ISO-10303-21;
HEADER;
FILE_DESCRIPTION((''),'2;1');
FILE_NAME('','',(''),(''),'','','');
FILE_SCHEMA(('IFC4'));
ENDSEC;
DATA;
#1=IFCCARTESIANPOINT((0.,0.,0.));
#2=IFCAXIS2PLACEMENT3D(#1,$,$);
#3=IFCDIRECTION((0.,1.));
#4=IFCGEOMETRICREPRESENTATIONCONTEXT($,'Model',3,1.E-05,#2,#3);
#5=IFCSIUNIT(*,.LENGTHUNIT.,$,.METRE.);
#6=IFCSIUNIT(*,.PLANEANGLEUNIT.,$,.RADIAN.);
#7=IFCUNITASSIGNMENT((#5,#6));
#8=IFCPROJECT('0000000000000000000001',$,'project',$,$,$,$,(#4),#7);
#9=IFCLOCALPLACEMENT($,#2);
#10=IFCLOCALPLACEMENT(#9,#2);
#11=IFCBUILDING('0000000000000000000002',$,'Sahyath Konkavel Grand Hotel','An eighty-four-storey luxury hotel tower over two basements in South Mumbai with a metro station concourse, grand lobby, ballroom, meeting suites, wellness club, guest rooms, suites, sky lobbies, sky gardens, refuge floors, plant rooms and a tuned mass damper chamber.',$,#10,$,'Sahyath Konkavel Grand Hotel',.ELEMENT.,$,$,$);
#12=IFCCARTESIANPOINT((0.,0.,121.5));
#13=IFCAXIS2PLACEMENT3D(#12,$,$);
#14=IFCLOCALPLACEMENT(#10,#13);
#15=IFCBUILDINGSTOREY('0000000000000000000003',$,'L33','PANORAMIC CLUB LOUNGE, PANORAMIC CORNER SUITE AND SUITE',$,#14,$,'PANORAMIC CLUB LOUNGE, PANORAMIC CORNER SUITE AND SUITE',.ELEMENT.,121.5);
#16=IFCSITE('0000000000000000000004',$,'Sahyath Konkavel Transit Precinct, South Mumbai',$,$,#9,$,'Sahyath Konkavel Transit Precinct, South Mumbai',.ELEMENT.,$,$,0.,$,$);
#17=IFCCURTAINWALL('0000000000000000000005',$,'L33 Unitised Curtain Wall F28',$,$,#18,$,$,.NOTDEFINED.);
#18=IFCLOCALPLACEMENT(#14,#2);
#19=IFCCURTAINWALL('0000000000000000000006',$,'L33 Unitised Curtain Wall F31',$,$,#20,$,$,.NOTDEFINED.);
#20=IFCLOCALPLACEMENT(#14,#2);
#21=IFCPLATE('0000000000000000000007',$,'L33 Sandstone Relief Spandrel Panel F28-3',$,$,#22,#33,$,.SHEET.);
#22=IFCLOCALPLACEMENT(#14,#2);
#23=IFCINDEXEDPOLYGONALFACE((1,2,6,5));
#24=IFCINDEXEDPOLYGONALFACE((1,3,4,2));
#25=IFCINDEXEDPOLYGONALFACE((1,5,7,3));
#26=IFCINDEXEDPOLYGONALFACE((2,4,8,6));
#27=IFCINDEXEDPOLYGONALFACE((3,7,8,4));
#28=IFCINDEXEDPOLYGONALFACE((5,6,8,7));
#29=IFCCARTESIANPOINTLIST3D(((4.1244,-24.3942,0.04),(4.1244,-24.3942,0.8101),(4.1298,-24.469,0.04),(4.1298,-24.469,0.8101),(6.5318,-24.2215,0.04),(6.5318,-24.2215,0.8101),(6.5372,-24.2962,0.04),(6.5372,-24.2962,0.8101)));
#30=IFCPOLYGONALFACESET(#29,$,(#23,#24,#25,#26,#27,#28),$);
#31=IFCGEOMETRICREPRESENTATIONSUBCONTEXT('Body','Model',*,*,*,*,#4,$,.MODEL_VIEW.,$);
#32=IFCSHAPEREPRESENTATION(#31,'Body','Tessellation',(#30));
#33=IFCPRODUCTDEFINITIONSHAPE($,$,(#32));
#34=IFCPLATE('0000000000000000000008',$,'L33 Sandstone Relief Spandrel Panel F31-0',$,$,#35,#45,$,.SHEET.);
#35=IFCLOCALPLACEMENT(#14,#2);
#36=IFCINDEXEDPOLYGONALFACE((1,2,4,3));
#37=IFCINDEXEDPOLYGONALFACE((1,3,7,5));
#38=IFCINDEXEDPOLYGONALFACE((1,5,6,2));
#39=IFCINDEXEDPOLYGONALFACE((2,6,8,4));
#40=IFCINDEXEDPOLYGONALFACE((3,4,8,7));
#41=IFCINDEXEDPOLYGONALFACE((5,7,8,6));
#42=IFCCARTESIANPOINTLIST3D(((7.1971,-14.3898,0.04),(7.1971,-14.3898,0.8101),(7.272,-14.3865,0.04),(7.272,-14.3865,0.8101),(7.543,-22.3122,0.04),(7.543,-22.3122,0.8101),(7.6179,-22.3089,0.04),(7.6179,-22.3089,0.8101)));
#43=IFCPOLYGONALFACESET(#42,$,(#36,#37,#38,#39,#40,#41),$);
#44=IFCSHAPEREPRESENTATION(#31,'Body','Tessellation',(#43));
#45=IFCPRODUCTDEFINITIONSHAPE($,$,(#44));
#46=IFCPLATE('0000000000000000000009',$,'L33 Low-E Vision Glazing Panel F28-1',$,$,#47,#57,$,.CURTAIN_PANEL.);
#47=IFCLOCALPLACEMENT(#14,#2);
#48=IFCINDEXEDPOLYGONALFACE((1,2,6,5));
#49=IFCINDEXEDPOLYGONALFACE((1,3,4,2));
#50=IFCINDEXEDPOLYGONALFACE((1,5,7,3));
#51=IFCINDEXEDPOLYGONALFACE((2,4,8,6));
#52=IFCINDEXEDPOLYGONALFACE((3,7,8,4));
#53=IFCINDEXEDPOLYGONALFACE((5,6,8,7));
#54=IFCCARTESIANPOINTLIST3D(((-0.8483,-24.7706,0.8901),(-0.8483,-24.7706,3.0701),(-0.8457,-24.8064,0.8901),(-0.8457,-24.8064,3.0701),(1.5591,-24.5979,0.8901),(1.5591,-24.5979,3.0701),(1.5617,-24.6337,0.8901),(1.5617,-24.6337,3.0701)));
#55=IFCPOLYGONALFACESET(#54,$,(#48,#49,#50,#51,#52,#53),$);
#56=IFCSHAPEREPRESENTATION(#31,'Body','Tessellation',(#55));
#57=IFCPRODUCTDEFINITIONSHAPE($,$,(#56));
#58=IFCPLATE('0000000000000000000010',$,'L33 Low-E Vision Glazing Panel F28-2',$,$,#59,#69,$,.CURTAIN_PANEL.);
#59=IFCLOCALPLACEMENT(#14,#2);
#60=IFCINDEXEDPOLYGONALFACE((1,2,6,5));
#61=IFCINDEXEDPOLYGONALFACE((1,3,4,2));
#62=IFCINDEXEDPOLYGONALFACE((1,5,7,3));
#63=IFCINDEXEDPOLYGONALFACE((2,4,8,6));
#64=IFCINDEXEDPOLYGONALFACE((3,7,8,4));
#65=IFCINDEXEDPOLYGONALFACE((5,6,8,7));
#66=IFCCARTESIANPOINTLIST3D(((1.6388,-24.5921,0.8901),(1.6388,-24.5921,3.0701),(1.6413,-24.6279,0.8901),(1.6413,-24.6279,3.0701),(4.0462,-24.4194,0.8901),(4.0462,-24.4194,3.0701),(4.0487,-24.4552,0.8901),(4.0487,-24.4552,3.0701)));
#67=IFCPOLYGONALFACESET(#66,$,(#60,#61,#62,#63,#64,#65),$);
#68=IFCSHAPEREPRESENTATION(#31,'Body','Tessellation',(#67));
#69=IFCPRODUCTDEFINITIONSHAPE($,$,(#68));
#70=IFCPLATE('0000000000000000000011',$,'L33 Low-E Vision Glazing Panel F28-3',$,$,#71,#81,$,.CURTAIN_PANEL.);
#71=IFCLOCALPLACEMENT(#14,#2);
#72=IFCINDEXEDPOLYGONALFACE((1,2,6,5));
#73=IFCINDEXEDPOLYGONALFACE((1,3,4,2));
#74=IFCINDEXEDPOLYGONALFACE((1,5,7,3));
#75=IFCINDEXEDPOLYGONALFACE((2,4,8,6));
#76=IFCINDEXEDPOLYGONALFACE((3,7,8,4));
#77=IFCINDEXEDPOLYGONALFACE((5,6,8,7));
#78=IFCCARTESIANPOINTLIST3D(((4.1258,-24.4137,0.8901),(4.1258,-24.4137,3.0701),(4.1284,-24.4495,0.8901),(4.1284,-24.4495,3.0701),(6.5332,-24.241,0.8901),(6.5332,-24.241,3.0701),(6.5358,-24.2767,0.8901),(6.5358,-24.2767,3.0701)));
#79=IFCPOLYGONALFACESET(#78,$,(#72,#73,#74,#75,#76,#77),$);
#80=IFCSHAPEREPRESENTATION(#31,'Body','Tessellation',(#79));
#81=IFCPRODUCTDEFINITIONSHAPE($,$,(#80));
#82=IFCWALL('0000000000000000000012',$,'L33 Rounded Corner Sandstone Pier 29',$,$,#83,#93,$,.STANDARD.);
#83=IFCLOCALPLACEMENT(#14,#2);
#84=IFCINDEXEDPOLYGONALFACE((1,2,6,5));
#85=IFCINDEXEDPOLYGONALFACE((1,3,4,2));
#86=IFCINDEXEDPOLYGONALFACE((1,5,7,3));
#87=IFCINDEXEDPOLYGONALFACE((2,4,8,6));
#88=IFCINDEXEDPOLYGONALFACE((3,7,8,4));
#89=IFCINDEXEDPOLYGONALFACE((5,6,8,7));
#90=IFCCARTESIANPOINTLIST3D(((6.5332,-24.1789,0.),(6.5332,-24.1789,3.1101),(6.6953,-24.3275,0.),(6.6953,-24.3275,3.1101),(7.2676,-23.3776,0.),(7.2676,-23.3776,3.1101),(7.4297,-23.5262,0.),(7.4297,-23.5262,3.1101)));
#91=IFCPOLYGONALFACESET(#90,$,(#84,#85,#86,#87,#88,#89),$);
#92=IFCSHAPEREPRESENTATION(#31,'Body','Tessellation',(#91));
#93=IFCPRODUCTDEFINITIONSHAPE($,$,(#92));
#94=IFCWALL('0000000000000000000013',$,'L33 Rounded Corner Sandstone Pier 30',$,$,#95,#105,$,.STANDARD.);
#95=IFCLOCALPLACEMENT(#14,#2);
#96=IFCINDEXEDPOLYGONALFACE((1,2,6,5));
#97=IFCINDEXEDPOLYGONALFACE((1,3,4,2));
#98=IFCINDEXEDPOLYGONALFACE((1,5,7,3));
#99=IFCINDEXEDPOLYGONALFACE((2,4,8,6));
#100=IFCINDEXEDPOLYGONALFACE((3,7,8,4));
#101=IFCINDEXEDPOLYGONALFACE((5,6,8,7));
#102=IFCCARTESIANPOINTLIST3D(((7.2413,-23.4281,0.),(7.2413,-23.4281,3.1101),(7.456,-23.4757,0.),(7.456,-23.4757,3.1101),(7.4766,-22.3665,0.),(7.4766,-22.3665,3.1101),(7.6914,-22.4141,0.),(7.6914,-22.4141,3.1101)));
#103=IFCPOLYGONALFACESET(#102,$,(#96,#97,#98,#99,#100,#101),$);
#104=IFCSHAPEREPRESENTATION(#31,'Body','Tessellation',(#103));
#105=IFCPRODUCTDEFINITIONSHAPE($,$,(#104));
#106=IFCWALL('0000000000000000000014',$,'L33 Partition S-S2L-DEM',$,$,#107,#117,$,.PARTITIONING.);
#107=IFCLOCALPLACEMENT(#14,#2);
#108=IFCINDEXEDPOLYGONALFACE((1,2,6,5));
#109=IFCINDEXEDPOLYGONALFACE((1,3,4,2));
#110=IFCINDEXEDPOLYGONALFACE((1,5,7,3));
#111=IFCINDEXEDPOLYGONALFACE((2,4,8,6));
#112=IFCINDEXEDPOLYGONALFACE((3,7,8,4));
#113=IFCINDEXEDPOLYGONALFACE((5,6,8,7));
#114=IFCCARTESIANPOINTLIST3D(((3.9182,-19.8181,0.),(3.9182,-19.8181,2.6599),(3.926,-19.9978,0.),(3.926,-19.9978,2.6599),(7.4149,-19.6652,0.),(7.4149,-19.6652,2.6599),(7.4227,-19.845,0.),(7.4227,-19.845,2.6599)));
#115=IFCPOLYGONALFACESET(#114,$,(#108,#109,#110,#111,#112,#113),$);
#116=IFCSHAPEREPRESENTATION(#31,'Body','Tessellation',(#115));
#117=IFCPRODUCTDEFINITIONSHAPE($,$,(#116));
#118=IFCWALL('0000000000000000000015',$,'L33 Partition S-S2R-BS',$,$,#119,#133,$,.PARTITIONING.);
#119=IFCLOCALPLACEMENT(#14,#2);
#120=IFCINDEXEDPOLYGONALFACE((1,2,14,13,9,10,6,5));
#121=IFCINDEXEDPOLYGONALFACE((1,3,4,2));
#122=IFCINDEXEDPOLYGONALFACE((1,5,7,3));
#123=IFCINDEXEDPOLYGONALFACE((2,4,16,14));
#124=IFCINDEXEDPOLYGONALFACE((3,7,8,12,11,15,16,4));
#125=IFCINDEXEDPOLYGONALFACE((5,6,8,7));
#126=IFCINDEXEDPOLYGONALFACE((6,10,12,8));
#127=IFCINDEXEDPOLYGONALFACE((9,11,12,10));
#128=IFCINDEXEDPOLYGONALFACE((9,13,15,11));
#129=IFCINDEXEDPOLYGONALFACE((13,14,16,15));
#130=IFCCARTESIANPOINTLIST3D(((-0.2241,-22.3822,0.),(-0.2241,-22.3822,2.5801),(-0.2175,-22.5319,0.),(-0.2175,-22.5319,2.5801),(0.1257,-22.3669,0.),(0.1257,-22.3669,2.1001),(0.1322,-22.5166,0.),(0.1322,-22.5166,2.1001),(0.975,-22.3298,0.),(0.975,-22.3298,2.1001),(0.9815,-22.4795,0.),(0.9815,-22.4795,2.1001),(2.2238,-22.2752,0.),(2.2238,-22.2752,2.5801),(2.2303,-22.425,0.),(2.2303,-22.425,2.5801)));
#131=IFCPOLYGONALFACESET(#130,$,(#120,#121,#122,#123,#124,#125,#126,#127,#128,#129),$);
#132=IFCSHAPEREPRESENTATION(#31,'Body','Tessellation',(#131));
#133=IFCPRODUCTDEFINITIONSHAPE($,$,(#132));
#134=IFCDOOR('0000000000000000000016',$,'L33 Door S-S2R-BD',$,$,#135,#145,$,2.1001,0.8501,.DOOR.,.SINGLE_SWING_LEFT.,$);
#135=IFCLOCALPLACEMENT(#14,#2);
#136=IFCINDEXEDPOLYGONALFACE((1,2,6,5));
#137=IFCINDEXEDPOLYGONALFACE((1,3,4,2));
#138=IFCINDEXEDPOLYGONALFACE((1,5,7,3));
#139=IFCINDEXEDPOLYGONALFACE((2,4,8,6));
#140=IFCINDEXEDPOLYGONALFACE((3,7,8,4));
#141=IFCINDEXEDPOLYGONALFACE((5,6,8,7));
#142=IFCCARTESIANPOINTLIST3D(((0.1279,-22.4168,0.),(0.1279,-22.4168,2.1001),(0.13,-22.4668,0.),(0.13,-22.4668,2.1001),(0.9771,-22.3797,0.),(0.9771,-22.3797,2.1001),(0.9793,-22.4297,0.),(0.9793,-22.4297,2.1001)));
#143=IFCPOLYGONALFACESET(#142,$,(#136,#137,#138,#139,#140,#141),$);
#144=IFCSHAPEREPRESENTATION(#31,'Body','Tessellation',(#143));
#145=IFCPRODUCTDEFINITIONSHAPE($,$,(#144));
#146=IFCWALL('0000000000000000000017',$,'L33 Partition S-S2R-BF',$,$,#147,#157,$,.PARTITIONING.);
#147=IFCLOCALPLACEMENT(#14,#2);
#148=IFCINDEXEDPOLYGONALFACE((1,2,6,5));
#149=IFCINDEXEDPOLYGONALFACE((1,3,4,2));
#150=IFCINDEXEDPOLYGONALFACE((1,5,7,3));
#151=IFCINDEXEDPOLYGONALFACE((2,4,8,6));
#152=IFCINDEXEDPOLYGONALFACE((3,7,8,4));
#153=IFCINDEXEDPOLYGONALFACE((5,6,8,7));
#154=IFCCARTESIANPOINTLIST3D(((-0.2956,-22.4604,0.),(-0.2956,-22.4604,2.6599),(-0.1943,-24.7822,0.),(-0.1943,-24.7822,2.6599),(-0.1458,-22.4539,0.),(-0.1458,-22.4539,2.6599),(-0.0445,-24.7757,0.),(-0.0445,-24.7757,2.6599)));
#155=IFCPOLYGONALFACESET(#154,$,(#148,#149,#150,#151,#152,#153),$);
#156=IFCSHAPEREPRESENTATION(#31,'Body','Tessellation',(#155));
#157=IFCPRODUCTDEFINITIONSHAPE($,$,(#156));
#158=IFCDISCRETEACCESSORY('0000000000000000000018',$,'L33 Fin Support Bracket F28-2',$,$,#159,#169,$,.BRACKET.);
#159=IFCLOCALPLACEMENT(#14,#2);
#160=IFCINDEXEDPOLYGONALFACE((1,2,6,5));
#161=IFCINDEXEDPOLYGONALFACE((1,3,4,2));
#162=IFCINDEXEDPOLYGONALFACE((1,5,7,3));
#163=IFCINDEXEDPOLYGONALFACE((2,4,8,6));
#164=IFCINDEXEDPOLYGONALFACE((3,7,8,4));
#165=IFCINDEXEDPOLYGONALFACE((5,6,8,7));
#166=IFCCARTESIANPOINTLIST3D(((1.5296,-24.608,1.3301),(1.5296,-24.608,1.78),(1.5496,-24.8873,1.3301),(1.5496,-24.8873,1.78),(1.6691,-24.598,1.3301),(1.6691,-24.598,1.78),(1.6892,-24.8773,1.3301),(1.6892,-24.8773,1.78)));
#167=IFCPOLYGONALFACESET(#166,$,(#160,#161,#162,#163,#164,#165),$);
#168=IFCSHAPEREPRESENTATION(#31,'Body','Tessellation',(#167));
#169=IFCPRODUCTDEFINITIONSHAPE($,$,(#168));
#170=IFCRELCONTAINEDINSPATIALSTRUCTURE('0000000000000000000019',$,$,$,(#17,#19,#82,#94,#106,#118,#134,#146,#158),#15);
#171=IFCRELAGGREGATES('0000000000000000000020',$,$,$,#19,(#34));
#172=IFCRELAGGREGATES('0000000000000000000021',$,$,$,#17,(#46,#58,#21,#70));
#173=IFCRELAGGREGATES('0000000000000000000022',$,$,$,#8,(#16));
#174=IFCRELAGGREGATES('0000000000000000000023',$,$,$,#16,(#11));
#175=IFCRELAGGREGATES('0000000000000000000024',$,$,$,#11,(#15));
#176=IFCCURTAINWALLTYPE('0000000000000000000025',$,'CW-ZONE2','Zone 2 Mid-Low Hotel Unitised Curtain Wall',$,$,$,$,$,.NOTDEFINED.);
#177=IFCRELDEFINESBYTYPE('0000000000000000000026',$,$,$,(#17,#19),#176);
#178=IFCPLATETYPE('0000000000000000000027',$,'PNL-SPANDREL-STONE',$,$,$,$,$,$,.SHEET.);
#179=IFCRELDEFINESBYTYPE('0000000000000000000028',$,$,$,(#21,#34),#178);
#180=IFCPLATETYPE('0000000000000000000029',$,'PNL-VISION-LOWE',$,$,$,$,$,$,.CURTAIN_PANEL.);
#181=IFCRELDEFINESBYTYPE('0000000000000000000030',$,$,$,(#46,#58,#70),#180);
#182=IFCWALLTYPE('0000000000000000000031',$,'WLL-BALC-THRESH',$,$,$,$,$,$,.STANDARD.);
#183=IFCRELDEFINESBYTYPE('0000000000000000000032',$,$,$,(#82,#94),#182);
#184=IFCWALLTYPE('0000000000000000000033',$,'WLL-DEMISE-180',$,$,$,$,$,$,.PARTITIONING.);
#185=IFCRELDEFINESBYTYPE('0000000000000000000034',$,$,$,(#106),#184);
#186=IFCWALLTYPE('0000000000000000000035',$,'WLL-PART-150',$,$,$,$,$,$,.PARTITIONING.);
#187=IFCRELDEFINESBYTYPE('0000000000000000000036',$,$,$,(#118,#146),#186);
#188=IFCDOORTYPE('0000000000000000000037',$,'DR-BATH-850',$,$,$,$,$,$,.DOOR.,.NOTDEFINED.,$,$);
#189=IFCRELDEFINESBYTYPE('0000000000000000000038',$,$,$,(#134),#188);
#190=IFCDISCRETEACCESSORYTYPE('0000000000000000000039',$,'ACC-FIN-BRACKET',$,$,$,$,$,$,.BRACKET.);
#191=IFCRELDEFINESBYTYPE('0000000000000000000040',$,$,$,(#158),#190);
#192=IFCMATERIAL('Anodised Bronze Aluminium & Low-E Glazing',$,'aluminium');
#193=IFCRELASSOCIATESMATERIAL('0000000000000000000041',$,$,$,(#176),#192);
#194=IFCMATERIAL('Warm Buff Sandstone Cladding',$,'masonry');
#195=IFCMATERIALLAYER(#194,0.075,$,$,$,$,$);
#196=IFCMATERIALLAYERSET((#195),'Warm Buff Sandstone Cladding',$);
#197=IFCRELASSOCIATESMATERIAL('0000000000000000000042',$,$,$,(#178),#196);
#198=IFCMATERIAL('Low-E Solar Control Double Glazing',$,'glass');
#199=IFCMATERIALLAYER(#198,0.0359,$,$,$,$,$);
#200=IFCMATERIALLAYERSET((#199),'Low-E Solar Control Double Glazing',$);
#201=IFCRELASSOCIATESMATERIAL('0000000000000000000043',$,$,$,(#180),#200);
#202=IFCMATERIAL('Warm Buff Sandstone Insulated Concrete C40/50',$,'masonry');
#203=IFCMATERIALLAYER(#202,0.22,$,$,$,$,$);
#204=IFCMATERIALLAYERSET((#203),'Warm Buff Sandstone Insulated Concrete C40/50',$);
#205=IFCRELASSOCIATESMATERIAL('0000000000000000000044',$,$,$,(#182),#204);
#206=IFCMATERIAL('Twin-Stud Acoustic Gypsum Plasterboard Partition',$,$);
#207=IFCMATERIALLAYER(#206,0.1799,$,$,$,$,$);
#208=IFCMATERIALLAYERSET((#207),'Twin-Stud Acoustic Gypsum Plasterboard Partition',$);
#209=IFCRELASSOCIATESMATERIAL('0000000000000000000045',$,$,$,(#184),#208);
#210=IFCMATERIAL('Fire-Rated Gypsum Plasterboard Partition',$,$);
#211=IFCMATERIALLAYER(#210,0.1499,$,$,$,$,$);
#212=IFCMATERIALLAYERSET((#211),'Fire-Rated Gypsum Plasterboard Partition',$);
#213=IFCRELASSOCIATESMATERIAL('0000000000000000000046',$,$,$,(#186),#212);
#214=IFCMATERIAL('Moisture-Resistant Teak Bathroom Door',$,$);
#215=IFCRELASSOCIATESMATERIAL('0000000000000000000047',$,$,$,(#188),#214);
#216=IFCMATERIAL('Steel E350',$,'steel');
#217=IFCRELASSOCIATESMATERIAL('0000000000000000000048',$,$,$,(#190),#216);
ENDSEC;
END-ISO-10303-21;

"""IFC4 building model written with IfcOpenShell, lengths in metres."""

from ifc_helpers import new_model, si_unit, direction, frame, frame_2d, origin, origin_2d, place, context, subcontext, project, spatial, rectangle, extrude, source, transform, mapped, material, layer, layer_set, type_object, element, fill, aggregate, save


model = new_model("IFC4")

# Units and contexts
model_context = context("Model", 3, precision=1e-05, world=origin(), true_north=direction((0.0, 1.0)))
body_context = subcontext(model_context, "Body", "Model", "MODEL_VIEW")
ifc_project = project(units=[si_unit("LENGTHUNIT", "METRE"), si_unit("PLANEANGLEUNIT", "RADIAN")], contexts=[model_context])

# Site, building, storey
site_placement = place(None, origin())
site = spatial("IfcSite", under=ifc_project, at=site_placement, Name="Sahyath Konkavel Transit Precinct, South Mumbai", LongName="Sahyath Konkavel Transit Precinct, South Mumbai", CompositionType="ELEMENT", RefElevation=0.0)
building_placement = place(site_placement, origin())
building = spatial("IfcBuilding", under=site, at=building_placement, Name="Sahyath Konkavel Grand Hotel", Description="An eighty-four-storey luxury hotel tower over two basements in South Mumbai with a metro station concourse, grand lobby, ballroom, meeting suites, wellness club, guest rooms, suites, sky lobbies, sky gardens, refuge floors, plant rooms and a tuned mass damper chamber.", LongName="Sahyath Konkavel Grand Hotel", CompositionType="ELEMENT")
storey_placement = place(building_placement, frame((0.0, 0.0, 121.5)))
storey = spatial("IfcBuildingStorey", under=building, at=storey_placement, Name="L33", Description="PANORAMIC CLUB LOUNGE, PANORAMIC CORNER SUITE AND SUITE", LongName="PANORAMIC CLUB LOUNGE, PANORAMIC CORNER SUITE AND SUITE", CompositionType="ELEMENT", Elevation=121.5)

# Curtain wall
ifc_material_1 = material(Name="Anodised Bronze Aluminium & Low-E Glazing", Category="aluminium")
curtain_wall_type = type_object("IfcCurtainWallType", Name="CW-ZONE2", Description="Zone 2 Mid-Low Hotel Unitised Curtain Wall", PredefinedType="NOTDEFINED", material=ifc_material_1)
curtain_wall_1_placement = place(storey_placement, origin())
curtain_wall_1 = element("IfcCurtainWall", 1, at=curtain_wall_1_placement, inside=storey, type_object=curtain_wall_type, Name="L33 Unitised Curtain Wall F28", PredefinedType="NOTDEFINED")

# Curtain wall
curtain_wall_2_placement = place(storey_placement, origin())
curtain_wall_2 = element("IfcCurtainWall", 2, at=curtain_wall_2_placement, inside=storey, type_object=curtain_wall_type, Name="L33 Unitised Curtain Wall F31", PredefinedType="NOTDEFINED")

# Plates
ifc_material_2 = material(Name="Warm Buff Sandstone Cladding", Category="masonry")
ifc_layer_1 = layer(ifc_material_2, 0.075)
ifc_layer_set_1 = layer_set([ifc_layer_1], Name="Warm Buff Sandstone Cladding")
plate_type_1 = type_object("IfcPlateType", Name="PNL-SPANDREL-STONE", PredefinedType="SHEET", material=ifc_layer_set_1)
shared_shape_1 = source(origin(), body_context, "Body", "SweptSolid", [
    extrude(rectangle(XDim=2.4136, YDim=0.075, at=origin_2d()), origin(), (0.0, 0.0, 1.0), 0.77),
])
plate_1_placement = place(storey_placement, frame((5.3308, -24.3452, 0.04), z_axis=(0.0, 0.0, 1.0), x_axis=(0.997436, 0.071567, 0.0)))
plate_1 = element("IfcPlate", 3, at=plate_1_placement, type_object=plate_type_1, Name="L33 Sandstone Relief Spandrel Panel F28-3", PredefinedType="SHEET", context=body_context, shape_type="MappedRepresentation", body=[
    mapped(shared_shape_1, transform((0.0, 0.0, 0.0), scale=1.0)),
])
shared_shape_2 = source(origin(), body_context, "Body", "SweptSolid", [
    extrude(rectangle(XDim=7.9299, YDim=0.075, at=origin_2d()), origin(), (0.0, 0.0, 1.0), 0.77),
])
plate_2_placement = place(storey_placement, frame((7.4075, -18.3494, 0.04), z_axis=(0.0, 0.0, 1.0), x_axis=(-0.043619, 0.999048, 0.0)))
plate_2 = element("IfcPlate", 4, at=plate_2_placement, type_object=plate_type_1, Name="L33 Sandstone Relief Spandrel Panel F31-0", PredefinedType="SHEET", context=body_context, shape_type="MappedRepresentation", body=[
    mapped(shared_shape_2, transform((0.0, 0.0, 0.0), scale=1.0)),
])
aggregate(curtain_wall_2, [plate_2])
ifc_material_3 = material(Name="Low-E Solar Control Double Glazing", Category="glass")
ifc_layer_2 = layer(ifc_material_3, 0.0359)
ifc_layer_set_2 = layer_set([ifc_layer_2], Name="Low-E Solar Control Double Glazing")
plate_type_2 = type_object("IfcPlateType", Name="PNL-VISION-LOWE", PredefinedType="CURTAIN_PANEL", material=ifc_layer_set_2)
shared_shape_3 = source(origin(), body_context, "Body", "SweptSolid", [
    extrude(rectangle(XDim=2.4136, YDim=0.0359, at=origin_2d()), origin(), (0.0, 0.0, 1.0), 2.1799),
])
plate_3_placement = place(storey_placement, frame((0.3567, -24.7021, 0.8901), z_axis=(0.0, 0.0, 1.0), x_axis=(0.997436, 0.071567, 0.0)))
plate_3 = element("IfcPlate", 5, at=plate_3_placement, type_object=plate_type_2, Name="L33 Low-E Vision Glazing Panel F28-1", PredefinedType="CURTAIN_PANEL", context=body_context, shape_type="MappedRepresentation", body=[
    mapped(shared_shape_3, transform((0.0, 0.0, 0.0), scale=1.0)),
])
plate_4_placement = place(storey_placement, frame((2.8438, -24.5237, 0.8901), z_axis=(0.0, 0.0, 1.0), x_axis=(0.997436, 0.071567, 0.0)))
plate_4 = element("IfcPlate", 6, at=plate_4_placement, type_object=plate_type_2, Name="L33 Low-E Vision Glazing Panel F28-2", PredefinedType="CURTAIN_PANEL", context=body_context, shape_type="MappedRepresentation", body=[
    mapped(shared_shape_3, transform((0.0, 0.0, 0.0), scale=1.0)),
])
plate_5_placement = place(storey_placement, frame((5.3308, -24.3452, 0.8901), z_axis=(0.0, 0.0, 1.0), x_axis=(0.997436, 0.071567, 0.0)))
plate_5 = element("IfcPlate", 7, at=plate_5_placement, type_object=plate_type_2, Name="L33 Low-E Vision Glazing Panel F28-3", PredefinedType="CURTAIN_PANEL", context=body_context, shape_type="MappedRepresentation", body=[
    mapped(shared_shape_3, transform((0.0, 0.0, 0.0), scale=1.0)),
])
aggregate(curtain_wall_1, [plate_3, plate_4, plate_1, plate_5])

# Walls
ifc_material_4 = material(Name="Warm Buff Sandstone Insulated Concrete C40/50", Category="masonry")
ifc_layer_3 = layer(ifc_material_4, 0.22)
ifc_layer_set_3 = layer_set([ifc_layer_3], Name="Warm Buff Sandstone Insulated Concrete C40/50")
wall_type_1 = type_object("IfcWallType", Name="WLL-BALC-THRESH", PredefinedType="STANDARD", material=ifc_layer_set_3)
wall_1_placement = place(storey_placement, frame((6.6143, -24.2532, 0.0), z_axis=(0.0, 0.0, 1.0), x_axis=(0.675664, 0.73721, 0.0)))
element("IfcWall", 8, at=wall_1_placement, inside=storey, type_object=wall_type_1, Name="L33 Rounded Corner Sandstone Pier 29", PredefinedType="STANDARD", context=body_context, shape_type="SweptSolid", body=[
    extrude(rectangle(XDim=1.0869, YDim=0.22, at=frame_2d((0.5435, 0.0))), origin(), (0.0, 0.0, 1.0), 3.1101),
])
wall_2_placement = place(storey_placement, frame((7.3486, -23.4519, 0.0), z_axis=(0.0, 0.0, 1.0), x_axis=(0.216455, 0.976293, 0.0)))
element("IfcWall", 9, at=wall_2_placement, inside=storey, type_object=wall_type_1, Name="L33 Rounded Corner Sandstone Pier 30", PredefinedType="STANDARD", context=body_context, shape_type="SweptSolid", body=[
    extrude(rectangle(XDim=1.0874, YDim=0.22, at=frame_2d((0.5437, 0.0))), origin(), (0.0, 0.0, 1.0), 3.1101),
])
ifc_material_5 = material(Name="Twin-Stud Acoustic Gypsum Plasterboard Partition")
ifc_layer_4 = layer(ifc_material_5, 0.1799)
ifc_layer_set_4 = layer_set([ifc_layer_4], Name="Twin-Stud Acoustic Gypsum Plasterboard Partition")
wall_type_2 = type_object("IfcWallType", Name="WLL-DEMISE-180", PredefinedType="PARTITIONING", material=ifc_layer_set_4)
wall_3_placement = place(storey_placement, frame((3.9221, -19.908, 0.0), z_axis=(0.0, 0.0, 1.0), x_axis=(0.999046, 0.043667, 0.0)))
element("IfcWall", 10, at=wall_3_placement, inside=storey, type_object=wall_type_2, Name="L33 Partition S-S2L-DEM", PredefinedType="PARTITIONING", context=body_context, shape_type="SweptSolid", body=[
    extrude(rectangle(XDim=3.5, YDim=0.1799, at=frame_2d((1.75, 0.0))), origin(), (0.0, 0.0, 1.0), 2.6599),
])

# Wall, opening, door
ifc_material_6 = material(Name="Fire-Rated Gypsum Plasterboard Partition")
ifc_layer_5 = layer(ifc_material_6, 0.1499)
ifc_layer_set_5 = layer_set([ifc_layer_5], Name="Fire-Rated Gypsum Plasterboard Partition")
wall_type_3 = type_object("IfcWallType", Name="WLL-PART-150", PredefinedType="PARTITIONING", material=ifc_layer_set_5)
wall_4_placement = place(storey_placement, frame((2.2271, -22.3501, 0.0), z_axis=(0.0, 0.0, 1.0), x_axis=(-0.999047, -0.043645, 0.0)))
wall_4 = element("IfcWall", 11, at=wall_4_placement, inside=storey, type_object=wall_type_3, Name="L33 Partition S-S2R-BS", PredefinedType="PARTITIONING", context=body_context, shape_type="SweptSolid", body=[
    extrude(rectangle(XDim=2.4502, YDim=0.1499, at=frame_2d((1.2251, 0.0))), origin(), (0.0, 0.0, 1.0), 2.5801),
])
opening_placement = place(wall_4_placement, frame((1.25, 0.0, 0.0)))
opening = element("IfcOpeningElement", 12, at=opening_placement, cuts=wall_4, PredefinedType="OPENING", context=body_context, shape_type="SweptSolid", body=[
    extrude(rectangle(XDim=0.8501, YDim=2.1001, at=frame_2d((0.425, 1.05))), frame((0.0, 0.085, 0.0), z_axis=(0.0, -1.0, 0.0), x_axis=(1.0, 0.0, 0.0)), (0.0, 0.0, 1.0), 0.1699),
])
ifc_material_7 = material(Name="Moisture-Resistant Teak Bathroom Door")
door_type = type_object("IfcDoorType", Name="DR-BATH-850", OperationType="NOTDEFINED", PredefinedType="DOOR", material=ifc_material_7)
shared_shape_4 = source(origin(), body_context, "Body", "SweptSolid", [
    extrude(rectangle(XDim=0.8501, YDim=0.05, at=origin_2d()), origin(), (0.0, 0.0, 1.0), 2.1001),
])
door_placement = place(opening_placement, frame((0.425, 0.0, 0.0)))
door = element("IfcDoor", 13, at=door_placement, inside=storey, type_object=door_type, Name="L33 Door S-S2R-BD", OperationType="SINGLE_SWING_LEFT", OverallHeight=2.1001, OverallWidth=0.8501, PredefinedType="DOOR", context=body_context, shape_type="MappedRepresentation", body=[
    mapped(shared_shape_4, transform((0.0, 0.0, 0.0), scale=1.0)),
])
fill(opening, door)

# Wall
wall_5_placement = place(storey_placement, frame((-0.2207, -22.457, 0.0), z_axis=(0.0, 0.0, 1.0), x_axis=(0.043597, -0.999049, 0.0)))
element("IfcWall", 14, at=wall_5_placement, inside=storey, type_object=wall_type_3, Name="L33 Partition S-S2R-BF", PredefinedType="PARTITIONING", context=body_context, shape_type="SweptSolid", body=[
    extrude(rectangle(XDim=2.324, YDim=0.1499, at=frame_2d((1.1621, 0.0))), origin(), (0.0, 0.0, 1.0), 2.6599),
])

# Discrete accessory
ifc_material_8 = material(Name="Steel E350", Category="steel")
discrete_accessory_type = type_object("IfcDiscreteAccessoryType", Name="ACC-FIN-BRACKET", PredefinedType="BRACKET", material=ifc_material_8)
shared_shape_5 = source(origin(), body_context, "Body", "SweptSolid", [
    extrude(rectangle(XDim=0.28, YDim=0.1399, at=origin_2d()), origin(), (0.0, 0.0, 1.0), 0.45),
])
discrete_accessory_placement = place(storey_placement, frame((1.6094, -24.7427, 1.3301), z_axis=(0.0, 0.0, 1.0), x_axis=(0.071567, -0.997436, 0.0)))
element("IfcDiscreteAccessory", 15, at=discrete_accessory_placement, inside=storey, type_object=discrete_accessory_type, Name="L33 Fin Support Bracket F28-2", PredefinedType="BRACKET", context=body_context, shape_type="MappedRepresentation", body=[
    mapped(shared_shape_5, transform((0.0, 0.0, 0.0), scale=1.0)),
])

save(model, "model.ifc")
